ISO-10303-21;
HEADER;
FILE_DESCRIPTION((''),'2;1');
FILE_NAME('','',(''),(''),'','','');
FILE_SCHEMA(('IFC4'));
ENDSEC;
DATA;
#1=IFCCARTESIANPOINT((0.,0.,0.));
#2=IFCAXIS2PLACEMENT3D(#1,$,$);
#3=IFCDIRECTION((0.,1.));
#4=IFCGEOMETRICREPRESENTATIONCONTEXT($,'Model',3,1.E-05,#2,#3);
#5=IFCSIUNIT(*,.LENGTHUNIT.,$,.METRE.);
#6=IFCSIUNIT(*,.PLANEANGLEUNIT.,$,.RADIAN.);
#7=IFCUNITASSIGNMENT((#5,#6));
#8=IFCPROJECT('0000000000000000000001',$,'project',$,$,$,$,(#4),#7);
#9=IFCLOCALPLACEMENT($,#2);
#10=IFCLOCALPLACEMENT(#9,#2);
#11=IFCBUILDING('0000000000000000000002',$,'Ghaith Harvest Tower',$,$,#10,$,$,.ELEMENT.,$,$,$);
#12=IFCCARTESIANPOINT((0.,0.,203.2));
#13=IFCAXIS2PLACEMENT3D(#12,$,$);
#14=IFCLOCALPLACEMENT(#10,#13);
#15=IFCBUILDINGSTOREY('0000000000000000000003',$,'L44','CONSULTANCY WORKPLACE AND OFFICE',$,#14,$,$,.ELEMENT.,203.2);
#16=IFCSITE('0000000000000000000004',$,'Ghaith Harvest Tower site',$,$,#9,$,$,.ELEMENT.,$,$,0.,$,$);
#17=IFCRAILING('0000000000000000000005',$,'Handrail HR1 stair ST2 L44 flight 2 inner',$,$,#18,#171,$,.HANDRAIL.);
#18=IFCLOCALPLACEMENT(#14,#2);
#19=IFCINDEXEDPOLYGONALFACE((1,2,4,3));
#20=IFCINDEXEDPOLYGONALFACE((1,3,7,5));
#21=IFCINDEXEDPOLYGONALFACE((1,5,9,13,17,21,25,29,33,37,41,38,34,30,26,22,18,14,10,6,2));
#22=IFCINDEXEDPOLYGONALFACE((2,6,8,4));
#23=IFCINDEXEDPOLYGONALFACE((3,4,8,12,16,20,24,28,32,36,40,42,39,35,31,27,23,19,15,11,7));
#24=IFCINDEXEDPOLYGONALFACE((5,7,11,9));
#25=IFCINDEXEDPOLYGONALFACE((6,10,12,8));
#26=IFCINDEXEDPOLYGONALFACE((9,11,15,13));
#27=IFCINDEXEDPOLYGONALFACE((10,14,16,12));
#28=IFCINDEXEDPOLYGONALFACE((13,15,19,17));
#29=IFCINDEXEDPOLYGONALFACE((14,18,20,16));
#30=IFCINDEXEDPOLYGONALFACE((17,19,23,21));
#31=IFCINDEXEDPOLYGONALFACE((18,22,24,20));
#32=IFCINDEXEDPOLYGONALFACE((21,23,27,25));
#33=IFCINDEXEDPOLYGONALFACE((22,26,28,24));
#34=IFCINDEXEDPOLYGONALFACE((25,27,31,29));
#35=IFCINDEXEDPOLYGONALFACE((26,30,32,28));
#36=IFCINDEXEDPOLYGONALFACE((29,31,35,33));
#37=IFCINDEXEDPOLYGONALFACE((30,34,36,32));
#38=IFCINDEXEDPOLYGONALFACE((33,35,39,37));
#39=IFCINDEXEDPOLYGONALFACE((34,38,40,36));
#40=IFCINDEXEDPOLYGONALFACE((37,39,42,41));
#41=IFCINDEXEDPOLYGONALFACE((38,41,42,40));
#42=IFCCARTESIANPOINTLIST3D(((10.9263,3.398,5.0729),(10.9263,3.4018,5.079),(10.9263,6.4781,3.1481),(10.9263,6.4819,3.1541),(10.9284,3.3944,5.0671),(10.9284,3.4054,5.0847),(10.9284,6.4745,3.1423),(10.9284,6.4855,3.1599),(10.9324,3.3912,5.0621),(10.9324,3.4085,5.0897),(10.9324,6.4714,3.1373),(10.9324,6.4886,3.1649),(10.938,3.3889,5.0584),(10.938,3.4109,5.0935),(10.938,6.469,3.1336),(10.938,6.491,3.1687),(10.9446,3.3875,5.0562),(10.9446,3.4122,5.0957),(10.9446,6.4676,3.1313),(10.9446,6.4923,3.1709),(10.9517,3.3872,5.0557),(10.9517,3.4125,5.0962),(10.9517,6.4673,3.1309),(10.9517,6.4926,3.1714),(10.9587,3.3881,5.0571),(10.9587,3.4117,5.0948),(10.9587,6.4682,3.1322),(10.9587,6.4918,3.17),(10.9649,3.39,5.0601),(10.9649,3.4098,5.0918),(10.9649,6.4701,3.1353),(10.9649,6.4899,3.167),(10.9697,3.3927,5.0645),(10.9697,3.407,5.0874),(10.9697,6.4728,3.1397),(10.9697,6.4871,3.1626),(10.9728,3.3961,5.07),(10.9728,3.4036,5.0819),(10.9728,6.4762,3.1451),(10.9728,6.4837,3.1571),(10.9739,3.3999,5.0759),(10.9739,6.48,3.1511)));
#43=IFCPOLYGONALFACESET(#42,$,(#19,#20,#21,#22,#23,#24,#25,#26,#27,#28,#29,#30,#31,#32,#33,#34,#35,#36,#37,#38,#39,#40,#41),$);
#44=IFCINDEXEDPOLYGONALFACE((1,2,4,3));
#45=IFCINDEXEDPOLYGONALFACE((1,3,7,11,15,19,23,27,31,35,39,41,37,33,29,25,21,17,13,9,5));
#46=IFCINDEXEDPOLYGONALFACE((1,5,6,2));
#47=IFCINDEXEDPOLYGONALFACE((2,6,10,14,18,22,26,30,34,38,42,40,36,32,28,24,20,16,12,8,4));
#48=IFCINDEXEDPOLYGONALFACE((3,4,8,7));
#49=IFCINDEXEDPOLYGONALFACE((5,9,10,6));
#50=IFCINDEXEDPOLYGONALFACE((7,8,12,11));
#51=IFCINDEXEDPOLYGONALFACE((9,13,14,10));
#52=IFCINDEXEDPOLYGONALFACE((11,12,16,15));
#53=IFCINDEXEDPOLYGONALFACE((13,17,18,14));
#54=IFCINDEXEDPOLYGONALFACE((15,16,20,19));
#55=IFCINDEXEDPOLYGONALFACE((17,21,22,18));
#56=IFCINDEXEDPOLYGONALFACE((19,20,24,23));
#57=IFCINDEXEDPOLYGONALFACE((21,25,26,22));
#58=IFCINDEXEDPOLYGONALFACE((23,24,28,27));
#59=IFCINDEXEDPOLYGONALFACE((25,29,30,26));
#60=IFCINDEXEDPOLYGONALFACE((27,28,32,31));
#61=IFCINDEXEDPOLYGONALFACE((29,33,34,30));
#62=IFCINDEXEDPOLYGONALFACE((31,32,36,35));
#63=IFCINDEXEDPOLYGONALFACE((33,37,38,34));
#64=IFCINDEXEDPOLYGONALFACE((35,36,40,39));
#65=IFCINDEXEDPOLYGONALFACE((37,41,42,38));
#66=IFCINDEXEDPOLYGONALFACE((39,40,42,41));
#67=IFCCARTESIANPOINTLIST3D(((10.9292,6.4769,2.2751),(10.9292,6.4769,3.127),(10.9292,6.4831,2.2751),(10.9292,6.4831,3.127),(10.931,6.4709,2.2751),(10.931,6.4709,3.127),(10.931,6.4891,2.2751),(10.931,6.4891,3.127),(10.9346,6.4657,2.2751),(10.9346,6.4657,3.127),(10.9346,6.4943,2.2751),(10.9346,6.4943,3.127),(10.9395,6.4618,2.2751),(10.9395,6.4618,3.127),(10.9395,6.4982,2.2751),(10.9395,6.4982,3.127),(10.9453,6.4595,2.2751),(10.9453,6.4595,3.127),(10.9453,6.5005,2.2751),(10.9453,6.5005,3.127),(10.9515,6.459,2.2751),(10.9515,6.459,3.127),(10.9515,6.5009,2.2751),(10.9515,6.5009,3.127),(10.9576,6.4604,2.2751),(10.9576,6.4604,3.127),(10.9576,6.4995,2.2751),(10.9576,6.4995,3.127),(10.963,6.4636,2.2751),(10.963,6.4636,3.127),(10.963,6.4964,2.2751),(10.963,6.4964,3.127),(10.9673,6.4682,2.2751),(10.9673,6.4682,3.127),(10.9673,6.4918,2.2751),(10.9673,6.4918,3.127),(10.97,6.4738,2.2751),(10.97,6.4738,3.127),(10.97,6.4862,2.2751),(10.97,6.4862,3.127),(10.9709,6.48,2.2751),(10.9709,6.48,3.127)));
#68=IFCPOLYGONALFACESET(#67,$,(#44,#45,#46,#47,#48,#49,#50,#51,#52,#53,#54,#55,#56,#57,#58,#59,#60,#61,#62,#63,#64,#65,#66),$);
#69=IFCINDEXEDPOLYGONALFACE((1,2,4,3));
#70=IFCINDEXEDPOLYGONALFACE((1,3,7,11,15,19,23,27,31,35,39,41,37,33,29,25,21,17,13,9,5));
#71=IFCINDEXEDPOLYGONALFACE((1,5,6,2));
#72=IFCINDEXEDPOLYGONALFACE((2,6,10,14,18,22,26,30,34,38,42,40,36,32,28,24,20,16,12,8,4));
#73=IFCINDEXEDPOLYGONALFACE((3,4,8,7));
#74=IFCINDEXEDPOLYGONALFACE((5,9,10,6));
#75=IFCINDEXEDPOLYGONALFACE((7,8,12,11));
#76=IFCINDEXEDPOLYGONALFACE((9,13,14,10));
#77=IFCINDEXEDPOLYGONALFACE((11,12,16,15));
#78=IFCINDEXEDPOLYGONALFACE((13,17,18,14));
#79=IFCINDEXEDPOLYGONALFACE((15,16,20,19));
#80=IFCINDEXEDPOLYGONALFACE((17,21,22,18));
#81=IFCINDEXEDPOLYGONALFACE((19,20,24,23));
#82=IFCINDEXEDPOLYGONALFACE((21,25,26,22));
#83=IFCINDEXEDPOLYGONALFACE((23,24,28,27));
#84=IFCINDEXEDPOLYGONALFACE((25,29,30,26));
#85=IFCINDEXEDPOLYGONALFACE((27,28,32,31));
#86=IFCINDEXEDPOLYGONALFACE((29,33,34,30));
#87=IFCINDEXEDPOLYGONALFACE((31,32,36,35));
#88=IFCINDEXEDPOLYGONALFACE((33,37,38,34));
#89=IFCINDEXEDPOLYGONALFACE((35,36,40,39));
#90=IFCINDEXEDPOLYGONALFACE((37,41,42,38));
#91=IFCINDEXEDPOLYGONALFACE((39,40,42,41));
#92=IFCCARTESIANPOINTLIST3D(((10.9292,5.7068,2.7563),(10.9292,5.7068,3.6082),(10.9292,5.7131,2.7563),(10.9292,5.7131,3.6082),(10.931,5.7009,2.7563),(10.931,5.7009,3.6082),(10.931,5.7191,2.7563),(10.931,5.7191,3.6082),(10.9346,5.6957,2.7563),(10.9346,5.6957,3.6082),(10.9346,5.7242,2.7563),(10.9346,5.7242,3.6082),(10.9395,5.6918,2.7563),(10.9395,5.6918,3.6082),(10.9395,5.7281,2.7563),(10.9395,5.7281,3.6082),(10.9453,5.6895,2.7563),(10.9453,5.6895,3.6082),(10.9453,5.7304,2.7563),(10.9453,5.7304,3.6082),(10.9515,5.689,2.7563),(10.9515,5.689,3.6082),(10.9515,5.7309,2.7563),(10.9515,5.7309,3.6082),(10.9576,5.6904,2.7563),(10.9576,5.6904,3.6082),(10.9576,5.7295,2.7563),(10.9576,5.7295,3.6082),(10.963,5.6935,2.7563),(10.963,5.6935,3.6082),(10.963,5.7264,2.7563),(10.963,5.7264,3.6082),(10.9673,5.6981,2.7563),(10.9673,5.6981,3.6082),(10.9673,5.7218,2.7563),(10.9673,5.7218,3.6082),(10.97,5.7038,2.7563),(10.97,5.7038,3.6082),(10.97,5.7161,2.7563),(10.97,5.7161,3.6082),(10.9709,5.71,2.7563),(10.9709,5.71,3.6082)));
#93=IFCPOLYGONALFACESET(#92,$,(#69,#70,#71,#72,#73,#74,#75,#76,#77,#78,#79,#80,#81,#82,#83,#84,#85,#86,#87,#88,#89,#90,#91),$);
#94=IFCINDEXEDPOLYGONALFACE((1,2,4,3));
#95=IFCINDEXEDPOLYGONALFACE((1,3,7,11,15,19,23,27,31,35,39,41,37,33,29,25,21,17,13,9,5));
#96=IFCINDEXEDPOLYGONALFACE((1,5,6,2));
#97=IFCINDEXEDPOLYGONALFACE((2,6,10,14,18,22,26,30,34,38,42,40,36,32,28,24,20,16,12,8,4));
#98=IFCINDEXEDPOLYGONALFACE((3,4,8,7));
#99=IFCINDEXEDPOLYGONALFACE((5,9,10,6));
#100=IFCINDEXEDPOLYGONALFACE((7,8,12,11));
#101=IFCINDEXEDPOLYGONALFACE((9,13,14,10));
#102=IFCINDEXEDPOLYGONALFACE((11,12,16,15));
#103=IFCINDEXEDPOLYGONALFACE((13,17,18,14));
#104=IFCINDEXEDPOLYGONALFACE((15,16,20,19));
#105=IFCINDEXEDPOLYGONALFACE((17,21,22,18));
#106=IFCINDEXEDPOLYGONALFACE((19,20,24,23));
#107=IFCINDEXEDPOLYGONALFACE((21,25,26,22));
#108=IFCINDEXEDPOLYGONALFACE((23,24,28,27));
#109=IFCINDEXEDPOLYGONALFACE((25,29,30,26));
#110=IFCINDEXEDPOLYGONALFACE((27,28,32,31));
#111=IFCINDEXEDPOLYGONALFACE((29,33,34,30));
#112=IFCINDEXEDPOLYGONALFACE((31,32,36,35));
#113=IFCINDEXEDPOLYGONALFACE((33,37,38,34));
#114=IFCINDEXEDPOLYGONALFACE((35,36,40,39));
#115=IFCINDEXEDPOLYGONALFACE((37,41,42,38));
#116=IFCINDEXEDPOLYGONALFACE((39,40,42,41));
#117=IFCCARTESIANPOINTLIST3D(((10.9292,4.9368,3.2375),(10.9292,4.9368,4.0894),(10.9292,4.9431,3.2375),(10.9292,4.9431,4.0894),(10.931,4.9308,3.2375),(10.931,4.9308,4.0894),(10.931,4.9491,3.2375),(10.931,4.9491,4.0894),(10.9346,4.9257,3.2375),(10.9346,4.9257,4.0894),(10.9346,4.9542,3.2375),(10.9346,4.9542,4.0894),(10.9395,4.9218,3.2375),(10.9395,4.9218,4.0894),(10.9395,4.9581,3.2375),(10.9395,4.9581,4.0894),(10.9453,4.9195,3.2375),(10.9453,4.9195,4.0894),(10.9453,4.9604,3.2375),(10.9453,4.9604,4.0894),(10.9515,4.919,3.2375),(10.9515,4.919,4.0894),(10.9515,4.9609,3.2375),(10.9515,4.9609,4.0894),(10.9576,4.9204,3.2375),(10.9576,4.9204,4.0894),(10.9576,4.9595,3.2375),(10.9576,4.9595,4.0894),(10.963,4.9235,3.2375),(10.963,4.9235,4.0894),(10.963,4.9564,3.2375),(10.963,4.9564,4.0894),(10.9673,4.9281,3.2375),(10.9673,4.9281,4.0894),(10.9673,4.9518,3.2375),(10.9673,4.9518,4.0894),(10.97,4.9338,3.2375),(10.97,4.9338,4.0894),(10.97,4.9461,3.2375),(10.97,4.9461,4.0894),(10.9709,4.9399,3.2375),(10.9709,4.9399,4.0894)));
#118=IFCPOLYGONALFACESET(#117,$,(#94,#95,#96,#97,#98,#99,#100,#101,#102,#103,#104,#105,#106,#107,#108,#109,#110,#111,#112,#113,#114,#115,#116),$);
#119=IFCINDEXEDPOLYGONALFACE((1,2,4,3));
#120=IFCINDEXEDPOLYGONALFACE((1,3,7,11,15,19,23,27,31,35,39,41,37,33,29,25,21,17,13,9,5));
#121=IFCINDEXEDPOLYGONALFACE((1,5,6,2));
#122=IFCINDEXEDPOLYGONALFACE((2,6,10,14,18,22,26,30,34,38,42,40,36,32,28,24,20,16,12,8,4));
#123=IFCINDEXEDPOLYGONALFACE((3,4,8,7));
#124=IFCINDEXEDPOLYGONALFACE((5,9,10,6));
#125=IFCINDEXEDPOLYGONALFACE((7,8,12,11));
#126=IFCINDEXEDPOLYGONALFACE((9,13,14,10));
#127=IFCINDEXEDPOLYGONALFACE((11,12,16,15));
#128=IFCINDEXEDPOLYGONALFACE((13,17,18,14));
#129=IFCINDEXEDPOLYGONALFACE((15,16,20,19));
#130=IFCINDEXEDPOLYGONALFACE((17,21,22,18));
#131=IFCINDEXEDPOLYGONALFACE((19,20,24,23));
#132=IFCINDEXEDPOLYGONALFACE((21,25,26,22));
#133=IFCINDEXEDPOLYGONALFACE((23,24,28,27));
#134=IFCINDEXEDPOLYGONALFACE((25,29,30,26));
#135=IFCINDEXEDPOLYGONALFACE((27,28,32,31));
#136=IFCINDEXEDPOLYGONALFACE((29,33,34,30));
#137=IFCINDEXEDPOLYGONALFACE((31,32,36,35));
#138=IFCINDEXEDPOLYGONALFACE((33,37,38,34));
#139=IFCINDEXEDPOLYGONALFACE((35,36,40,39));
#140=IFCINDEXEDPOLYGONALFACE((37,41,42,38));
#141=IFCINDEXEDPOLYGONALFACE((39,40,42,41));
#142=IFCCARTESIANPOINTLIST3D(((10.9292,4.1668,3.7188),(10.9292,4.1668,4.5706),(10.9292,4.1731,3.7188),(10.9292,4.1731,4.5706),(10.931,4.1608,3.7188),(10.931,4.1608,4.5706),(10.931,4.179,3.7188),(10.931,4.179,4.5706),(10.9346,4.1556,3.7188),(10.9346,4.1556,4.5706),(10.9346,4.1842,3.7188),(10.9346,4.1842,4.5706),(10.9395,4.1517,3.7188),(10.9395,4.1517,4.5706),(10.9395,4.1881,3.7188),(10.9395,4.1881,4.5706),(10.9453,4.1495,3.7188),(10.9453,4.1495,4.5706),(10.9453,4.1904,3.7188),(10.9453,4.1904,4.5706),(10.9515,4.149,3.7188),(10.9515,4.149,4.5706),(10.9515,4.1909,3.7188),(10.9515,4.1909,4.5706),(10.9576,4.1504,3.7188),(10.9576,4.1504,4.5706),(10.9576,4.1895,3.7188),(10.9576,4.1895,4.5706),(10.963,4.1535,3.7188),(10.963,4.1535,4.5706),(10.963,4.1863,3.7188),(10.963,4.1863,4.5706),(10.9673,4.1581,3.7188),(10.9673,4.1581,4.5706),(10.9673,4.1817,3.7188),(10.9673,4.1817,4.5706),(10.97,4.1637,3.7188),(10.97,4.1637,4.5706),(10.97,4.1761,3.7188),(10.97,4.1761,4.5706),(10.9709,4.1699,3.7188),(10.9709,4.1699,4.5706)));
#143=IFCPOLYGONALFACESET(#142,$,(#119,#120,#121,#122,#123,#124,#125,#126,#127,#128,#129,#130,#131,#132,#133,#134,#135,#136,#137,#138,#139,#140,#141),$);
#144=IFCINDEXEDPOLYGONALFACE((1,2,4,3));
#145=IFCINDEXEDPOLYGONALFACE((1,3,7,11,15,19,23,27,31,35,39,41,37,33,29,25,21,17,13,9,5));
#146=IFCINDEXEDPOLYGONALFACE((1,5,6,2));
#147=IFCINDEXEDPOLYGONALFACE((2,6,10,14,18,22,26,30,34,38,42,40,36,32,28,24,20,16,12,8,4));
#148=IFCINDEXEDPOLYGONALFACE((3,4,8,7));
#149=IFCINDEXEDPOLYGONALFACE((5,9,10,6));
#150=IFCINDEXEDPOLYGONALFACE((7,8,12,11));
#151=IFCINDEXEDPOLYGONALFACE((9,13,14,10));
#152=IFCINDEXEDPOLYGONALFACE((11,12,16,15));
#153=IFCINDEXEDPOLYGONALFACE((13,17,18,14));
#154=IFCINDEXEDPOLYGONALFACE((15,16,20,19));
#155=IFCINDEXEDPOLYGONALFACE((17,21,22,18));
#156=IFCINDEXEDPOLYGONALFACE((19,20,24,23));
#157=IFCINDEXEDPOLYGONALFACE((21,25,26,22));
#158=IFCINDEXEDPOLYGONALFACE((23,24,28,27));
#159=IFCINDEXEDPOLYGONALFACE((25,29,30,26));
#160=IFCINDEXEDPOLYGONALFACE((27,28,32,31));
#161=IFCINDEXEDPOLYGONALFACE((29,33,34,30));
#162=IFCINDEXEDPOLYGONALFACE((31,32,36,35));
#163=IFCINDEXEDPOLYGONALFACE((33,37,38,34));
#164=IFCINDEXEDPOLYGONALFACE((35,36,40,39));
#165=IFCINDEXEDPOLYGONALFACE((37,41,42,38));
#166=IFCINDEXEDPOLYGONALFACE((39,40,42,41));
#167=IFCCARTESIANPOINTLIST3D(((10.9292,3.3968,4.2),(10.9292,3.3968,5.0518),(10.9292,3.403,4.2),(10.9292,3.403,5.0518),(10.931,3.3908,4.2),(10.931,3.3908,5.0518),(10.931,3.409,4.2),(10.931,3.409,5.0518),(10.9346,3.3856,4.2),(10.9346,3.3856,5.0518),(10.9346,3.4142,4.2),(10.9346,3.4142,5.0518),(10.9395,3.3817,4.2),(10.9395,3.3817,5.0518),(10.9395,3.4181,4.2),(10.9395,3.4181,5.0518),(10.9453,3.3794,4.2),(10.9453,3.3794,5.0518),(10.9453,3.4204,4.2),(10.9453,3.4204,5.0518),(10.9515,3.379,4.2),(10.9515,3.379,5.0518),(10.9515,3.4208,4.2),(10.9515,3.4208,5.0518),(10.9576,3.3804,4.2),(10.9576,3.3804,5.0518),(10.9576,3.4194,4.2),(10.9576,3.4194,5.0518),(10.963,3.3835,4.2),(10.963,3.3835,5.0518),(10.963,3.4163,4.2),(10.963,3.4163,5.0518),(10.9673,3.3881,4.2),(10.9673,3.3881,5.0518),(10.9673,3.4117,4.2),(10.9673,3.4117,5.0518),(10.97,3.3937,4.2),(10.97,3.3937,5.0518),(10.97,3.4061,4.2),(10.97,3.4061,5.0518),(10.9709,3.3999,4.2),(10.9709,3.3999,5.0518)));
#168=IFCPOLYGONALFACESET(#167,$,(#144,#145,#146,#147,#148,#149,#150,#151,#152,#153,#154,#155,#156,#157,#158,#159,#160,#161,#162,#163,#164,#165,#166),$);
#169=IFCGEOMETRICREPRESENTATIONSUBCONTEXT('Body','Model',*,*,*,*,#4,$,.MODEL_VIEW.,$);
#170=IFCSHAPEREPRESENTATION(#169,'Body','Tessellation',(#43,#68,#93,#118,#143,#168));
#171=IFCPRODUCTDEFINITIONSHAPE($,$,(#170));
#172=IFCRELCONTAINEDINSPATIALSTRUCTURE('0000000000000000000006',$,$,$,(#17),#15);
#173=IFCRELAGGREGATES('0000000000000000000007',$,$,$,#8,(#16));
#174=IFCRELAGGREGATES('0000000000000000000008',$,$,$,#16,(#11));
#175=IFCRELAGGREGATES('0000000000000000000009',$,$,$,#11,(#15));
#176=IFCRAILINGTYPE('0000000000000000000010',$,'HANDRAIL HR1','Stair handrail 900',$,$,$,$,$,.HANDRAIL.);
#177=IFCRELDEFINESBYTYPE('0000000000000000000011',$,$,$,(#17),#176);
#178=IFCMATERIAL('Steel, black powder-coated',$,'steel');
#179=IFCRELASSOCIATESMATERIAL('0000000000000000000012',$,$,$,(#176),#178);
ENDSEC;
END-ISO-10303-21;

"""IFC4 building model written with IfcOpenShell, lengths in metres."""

from ifc_helpers import new_model, si_unit, direction, frame, origin, origin_2d, place, context, subcontext, project, spatial, circle, extrude, material, type_object, element, save


model = new_model("IFC4")

# Units and contexts
model_context = context("Model", 3, precision=1e-05, world=origin(), true_north=direction((0.0, 1.0)))
body_context = subcontext(model_context, "Body", "Model", "MODEL_VIEW")
ifc_project = project(units=[si_unit("LENGTHUNIT", "METRE"), si_unit("PLANEANGLEUNIT", "RADIAN")], contexts=[model_context])

# Site, building, storey
site_placement = place(None, origin())
site = spatial("IfcSite", under=ifc_project, at=site_placement, Name="Ghaith Harvest Tower site", CompositionType="ELEMENT", RefElevation=0.0)
building_placement = place(site_placement, origin())
building = spatial("IfcBuilding", under=site, at=building_placement, Name="Ghaith Harvest Tower", CompositionType="ELEMENT")
storey_placement = place(building_placement, frame((0.0, 0.0, 203.2)))
storey = spatial("IfcBuildingStorey", under=building, at=storey_placement, Name="L44", Description="CONSULTANCY WORKPLACE AND OFFICE", CompositionType="ELEMENT", Elevation=203.2)

# Railing
ifc_material_1 = material(Name="Steel, black powder-coated", Category="steel")
railing_type = type_object("IfcRailingType", Name="HANDRAIL HR1", Description="Stair handrail 900", PredefinedType="HANDRAIL", material=ifc_material_1)
railing_1_placement = place(storey_placement, frame((10.95, 6.48, 2.2751)))
element("IfcRailing", 1, at=railing_1_placement, inside=storey, type_object=railing_type, Name="Handrail HR1 stair ST2 L44 flight 2 inner", PredefinedType="HANDRAIL", context=body_context, shape_type="SweptSolid", body=[
    extrude(circle(Radius=0.0239, at=origin_2d()), frame((0.0, 0.0, 0.876), z_axis=(0.0, -0.848029, 0.529951), x_axis=(1.0, 0.0, 0.0)), (0.0, 0.0, 1.0), 3.6321),
    extrude(circle(Radius=0.021, at=origin_2d()), origin(), (0.0, 0.0, 1.0), 0.8518),
    extrude(circle(Radius=0.021, at=origin_2d()), frame((0.0, -0.77, 0.4812)), (0.0, 0.0, 1.0), 0.8518),
    extrude(circle(Radius=0.021, at=origin_2d()), frame((0.0, -1.54, 0.9624)), (0.0, 0.0, 1.0), 0.8518),
    extrude(circle(Radius=0.021, at=origin_2d()), frame((0.0, -2.3101, 1.4436)), (0.0, 0.0, 1.0), 0.8518),
    extrude(circle(Radius=0.021, at=origin_2d()), frame((0.0, -3.0801, 1.9248)), (0.0, 0.0, 1.0), 0.8518),
])

save(model, "model.ifc")
